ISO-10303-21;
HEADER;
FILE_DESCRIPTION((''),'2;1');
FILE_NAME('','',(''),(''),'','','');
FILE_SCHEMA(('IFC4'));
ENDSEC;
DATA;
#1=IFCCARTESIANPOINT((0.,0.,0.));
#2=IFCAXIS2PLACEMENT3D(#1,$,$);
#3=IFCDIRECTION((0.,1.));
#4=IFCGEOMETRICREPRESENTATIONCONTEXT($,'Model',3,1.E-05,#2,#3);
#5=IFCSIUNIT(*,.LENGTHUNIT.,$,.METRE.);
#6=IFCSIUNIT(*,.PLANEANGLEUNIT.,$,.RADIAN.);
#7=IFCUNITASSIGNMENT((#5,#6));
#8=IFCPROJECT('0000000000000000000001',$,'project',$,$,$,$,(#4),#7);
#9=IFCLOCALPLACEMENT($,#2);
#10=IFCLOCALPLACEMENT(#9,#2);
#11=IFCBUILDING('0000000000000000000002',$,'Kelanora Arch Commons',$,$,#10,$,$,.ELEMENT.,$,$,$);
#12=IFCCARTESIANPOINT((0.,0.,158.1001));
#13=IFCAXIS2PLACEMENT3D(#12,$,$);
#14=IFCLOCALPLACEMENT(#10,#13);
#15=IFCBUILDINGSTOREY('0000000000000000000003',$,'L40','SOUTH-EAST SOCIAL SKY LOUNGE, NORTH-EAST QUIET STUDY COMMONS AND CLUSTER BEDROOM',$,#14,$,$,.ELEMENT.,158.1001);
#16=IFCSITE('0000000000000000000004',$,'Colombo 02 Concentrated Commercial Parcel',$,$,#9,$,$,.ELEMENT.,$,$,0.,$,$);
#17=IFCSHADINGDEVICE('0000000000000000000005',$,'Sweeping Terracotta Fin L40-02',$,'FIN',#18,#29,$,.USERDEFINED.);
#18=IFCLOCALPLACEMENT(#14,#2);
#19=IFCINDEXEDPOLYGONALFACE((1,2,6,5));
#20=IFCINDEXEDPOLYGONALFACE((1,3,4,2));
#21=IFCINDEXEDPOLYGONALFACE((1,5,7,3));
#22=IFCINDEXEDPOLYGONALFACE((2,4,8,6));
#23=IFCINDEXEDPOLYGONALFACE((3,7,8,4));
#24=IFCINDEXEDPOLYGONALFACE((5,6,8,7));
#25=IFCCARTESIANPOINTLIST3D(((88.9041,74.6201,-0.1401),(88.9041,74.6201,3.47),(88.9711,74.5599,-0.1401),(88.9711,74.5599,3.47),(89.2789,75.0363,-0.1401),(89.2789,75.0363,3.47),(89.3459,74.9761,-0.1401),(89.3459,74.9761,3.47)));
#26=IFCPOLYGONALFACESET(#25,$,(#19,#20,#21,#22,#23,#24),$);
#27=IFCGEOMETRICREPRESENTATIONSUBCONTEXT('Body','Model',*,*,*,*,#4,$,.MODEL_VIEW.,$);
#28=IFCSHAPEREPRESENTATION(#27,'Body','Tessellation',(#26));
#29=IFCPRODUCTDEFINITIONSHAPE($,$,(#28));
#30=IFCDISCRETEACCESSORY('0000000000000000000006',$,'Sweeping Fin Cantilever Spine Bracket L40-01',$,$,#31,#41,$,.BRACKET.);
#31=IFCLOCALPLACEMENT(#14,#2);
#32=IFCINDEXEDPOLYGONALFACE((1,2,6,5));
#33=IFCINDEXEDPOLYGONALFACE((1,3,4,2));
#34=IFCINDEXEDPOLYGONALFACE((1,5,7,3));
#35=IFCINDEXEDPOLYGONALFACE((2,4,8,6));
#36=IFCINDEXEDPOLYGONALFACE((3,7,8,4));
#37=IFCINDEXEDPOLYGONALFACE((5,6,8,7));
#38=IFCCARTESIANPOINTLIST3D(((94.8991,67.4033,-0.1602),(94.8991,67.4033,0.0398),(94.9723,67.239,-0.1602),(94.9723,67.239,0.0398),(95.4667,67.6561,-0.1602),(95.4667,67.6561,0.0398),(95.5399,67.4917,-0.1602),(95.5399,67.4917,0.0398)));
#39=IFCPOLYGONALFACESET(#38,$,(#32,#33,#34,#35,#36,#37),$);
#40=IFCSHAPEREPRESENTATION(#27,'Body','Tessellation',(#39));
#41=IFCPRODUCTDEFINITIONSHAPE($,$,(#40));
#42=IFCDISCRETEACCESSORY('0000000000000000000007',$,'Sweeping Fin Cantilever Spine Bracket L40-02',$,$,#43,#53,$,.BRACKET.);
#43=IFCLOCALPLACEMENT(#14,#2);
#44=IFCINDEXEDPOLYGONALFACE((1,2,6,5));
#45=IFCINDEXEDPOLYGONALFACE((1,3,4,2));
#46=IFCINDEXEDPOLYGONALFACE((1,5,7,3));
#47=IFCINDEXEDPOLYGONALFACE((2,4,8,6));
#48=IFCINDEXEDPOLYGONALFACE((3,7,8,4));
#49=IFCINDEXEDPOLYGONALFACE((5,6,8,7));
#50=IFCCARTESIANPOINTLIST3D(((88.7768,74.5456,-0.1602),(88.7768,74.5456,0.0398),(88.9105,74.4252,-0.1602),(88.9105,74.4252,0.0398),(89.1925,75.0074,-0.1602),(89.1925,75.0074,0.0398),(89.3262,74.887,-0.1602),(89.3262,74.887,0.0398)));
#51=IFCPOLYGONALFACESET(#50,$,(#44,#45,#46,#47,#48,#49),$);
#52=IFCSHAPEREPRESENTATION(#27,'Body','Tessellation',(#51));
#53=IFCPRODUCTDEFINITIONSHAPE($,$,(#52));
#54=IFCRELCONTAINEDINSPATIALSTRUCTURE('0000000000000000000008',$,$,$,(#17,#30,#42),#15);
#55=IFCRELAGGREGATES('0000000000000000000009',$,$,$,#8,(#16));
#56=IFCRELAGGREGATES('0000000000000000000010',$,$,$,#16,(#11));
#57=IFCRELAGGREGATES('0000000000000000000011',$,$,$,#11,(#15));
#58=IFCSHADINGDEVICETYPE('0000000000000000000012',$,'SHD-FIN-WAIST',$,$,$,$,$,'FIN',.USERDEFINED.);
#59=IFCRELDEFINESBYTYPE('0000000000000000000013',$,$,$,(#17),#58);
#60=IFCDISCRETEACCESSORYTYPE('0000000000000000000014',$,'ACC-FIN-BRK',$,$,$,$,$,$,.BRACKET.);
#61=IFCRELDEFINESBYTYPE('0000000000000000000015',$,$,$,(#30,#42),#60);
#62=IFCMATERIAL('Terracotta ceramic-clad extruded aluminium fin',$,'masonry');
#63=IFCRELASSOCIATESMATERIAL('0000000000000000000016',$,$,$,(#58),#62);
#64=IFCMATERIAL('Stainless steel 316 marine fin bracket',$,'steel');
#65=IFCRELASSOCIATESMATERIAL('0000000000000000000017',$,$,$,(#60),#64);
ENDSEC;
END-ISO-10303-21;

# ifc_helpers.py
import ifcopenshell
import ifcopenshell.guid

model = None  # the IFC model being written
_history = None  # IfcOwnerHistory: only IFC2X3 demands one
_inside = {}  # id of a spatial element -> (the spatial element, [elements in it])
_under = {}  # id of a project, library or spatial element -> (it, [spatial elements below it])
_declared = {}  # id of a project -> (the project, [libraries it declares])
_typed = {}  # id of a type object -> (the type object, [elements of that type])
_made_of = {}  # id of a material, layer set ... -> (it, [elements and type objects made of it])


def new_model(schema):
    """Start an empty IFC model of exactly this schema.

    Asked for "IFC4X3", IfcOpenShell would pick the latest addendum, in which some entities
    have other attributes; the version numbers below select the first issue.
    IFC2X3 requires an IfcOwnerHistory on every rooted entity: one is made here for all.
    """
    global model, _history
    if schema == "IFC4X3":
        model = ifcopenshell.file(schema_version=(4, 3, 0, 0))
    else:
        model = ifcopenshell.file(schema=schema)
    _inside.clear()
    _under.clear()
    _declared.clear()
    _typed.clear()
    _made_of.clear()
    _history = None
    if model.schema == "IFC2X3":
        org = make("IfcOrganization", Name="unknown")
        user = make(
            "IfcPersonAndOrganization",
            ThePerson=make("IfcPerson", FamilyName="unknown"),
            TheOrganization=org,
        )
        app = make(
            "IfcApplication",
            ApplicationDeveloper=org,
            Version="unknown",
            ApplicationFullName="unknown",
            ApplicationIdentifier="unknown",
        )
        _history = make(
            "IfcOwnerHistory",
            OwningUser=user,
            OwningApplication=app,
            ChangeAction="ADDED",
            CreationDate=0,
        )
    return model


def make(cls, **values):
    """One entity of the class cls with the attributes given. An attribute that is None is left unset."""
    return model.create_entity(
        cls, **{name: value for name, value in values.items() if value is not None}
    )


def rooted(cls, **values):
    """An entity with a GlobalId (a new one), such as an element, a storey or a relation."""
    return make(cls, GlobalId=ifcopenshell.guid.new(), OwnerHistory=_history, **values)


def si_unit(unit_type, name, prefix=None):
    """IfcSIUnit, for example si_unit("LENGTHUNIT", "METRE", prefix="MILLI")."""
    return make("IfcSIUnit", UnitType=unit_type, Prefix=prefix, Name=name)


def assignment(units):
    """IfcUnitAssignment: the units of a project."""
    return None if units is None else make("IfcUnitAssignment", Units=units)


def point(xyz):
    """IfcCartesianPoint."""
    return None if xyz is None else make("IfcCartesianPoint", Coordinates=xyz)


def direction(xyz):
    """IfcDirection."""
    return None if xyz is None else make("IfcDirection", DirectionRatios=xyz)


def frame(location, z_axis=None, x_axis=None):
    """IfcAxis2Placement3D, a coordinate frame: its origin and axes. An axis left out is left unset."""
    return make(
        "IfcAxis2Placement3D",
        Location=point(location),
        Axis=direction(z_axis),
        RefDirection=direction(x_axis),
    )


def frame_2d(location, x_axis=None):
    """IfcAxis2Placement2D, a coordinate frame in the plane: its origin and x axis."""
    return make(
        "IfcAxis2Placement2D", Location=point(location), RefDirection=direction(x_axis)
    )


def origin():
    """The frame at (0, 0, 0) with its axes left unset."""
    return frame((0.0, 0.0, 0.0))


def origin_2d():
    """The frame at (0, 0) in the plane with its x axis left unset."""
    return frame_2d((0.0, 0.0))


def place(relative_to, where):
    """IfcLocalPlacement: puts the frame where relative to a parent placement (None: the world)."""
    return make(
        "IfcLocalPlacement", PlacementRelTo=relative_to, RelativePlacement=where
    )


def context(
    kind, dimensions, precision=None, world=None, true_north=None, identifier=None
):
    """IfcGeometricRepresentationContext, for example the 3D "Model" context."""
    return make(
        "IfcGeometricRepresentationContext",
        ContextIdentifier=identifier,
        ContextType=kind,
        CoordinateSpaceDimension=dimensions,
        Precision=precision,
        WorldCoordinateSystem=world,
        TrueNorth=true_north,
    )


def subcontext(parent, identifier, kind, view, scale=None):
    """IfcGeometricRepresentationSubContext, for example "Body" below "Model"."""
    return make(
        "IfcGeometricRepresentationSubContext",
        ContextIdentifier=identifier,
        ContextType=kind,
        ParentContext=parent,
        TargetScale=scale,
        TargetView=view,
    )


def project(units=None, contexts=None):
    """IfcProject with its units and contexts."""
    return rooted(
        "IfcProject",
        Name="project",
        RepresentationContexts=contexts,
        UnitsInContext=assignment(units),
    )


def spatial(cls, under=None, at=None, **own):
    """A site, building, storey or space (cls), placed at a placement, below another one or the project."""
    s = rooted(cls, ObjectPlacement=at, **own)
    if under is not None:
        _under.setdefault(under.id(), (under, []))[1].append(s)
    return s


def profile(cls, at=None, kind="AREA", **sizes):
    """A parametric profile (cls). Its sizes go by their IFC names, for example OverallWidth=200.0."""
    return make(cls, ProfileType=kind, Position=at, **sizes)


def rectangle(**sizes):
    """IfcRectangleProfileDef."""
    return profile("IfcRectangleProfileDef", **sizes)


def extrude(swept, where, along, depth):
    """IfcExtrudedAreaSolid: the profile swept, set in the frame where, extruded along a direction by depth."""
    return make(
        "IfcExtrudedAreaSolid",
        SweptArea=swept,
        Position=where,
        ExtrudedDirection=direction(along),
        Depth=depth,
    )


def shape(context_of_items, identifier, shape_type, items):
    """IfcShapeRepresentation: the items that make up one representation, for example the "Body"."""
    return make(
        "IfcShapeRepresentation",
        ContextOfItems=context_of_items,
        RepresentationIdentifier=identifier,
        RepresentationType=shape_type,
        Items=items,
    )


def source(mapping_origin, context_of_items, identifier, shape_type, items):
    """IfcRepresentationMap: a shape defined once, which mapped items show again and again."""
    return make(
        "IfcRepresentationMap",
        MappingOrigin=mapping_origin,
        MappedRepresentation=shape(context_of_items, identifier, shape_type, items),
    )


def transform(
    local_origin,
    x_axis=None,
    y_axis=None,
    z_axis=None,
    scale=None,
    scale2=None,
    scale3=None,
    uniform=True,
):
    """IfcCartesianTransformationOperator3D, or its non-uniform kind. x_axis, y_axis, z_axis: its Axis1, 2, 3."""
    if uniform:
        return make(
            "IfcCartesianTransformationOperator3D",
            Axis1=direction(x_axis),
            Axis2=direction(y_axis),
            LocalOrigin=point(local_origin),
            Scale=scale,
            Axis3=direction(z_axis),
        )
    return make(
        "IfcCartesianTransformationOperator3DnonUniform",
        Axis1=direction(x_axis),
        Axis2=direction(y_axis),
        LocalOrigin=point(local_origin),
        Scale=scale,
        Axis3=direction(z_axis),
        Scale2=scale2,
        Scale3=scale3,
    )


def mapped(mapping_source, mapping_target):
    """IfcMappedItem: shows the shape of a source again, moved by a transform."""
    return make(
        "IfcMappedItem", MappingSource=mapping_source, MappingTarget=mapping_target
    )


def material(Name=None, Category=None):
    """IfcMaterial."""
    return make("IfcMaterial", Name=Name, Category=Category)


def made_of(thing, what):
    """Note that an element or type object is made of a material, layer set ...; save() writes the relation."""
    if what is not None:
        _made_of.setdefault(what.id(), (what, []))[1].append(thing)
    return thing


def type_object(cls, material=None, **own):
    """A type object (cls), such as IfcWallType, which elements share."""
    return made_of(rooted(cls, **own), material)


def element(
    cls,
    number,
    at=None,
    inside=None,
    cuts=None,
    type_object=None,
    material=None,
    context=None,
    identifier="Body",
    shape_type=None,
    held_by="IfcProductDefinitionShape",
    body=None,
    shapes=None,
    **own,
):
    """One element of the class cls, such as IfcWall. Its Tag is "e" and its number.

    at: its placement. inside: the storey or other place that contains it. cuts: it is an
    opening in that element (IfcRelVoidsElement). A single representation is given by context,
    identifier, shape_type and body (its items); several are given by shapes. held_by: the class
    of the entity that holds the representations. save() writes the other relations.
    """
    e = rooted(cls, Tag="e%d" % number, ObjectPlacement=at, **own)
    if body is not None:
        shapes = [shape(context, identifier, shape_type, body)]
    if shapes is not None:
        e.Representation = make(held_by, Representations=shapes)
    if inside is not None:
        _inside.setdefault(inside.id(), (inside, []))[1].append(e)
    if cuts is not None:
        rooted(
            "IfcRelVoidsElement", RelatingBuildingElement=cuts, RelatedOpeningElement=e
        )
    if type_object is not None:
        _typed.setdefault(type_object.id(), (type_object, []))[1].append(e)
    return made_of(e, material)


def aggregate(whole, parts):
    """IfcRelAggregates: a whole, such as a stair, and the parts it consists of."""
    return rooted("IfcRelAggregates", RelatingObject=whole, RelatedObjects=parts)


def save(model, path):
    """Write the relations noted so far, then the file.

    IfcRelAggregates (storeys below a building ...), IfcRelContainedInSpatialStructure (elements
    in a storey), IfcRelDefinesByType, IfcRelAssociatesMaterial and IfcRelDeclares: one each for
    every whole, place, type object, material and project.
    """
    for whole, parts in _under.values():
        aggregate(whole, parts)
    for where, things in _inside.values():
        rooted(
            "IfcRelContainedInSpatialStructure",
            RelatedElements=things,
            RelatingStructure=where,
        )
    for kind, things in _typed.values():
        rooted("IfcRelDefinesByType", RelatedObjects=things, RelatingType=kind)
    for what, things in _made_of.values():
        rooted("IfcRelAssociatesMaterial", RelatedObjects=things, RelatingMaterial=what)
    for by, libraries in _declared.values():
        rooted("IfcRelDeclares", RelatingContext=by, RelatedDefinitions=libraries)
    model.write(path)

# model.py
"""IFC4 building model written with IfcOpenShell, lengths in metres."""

from ifc_helpers import new_model, si_unit, direction, frame, origin, origin_2d, place, context, subcontext, project, spatial, rectangle, extrude, source, transform, mapped, material, type_object, element, save


model = new_model("IFC4")

# Units and contexts
model_context = context("Model", 3, precision=1e-05, world=origin(), true_north=direction((0.0, 1.0)))
body_context = subcontext(model_context, "Body", "Model", "MODEL_VIEW")
ifc_project = project(units=[si_unit("LENGTHUNIT", "METRE"), si_unit("PLANEANGLEUNIT", "RADIAN")], contexts=[model_context])

# Site, building, storey
site_placement = place(None, origin())
site = spatial("IfcSite", under=ifc_project, at=site_placement, Name="Colombo 02 Concentrated Commercial Parcel", CompositionType="ELEMENT", RefElevation=0.0)
building_placement = place(site_placement, origin())
building = spatial("IfcBuilding", under=site, at=building_placement, Name="Kelanora Arch Commons", CompositionType="ELEMENT")
storey_placement = place(building_placement, frame((0.0, 0.0, 158.1001)))
storey = spatial("IfcBuildingStorey", under=building, at=storey_placement, Name="L40", Description="SOUTH-EAST SOCIAL SKY LOUNGE, NORTH-EAST QUIET STUDY COMMONS AND CLUSTER BEDROOM", CompositionType="ELEMENT", Elevation=158.1001)

# Shading device
ifc_material_1 = material(Name="Terracotta ceramic-clad extruded aluminium fin", Category="masonry")
shading_device_type = type_object("IfcShadingDeviceType", Name="SHD-FIN-WAIST", ElementType="FIN", PredefinedType="USERDEFINED", material=ifc_material_1)
shared_shape_1 = source(origin(), body_context, "Body", "SweptSolid", [
    extrude(rectangle(XDim=0.5601, YDim=0.0901, at=origin_2d()), origin(), (0.0, 0.0, 1.0), 3.6101),
])
for number, where, z_axis, x_axis, name in (
    (1, (89.125, 74.7981, -0.1401), (0.0, 0.0, 1.0), (0.669131, 0.743145, 0.0), "Sweeping Terracotta Fin L40-02"),
):
    element("IfcShadingDevice", number, at=place(storey_placement, frame(where, z_axis=z_axis, x_axis=x_axis)), inside=storey, type_object=shading_device_type, Name=name, ObjectType="FIN", PredefinedType="USERDEFINED", context=body_context, shape_type="MappedRepresentation", body=[
        mapped(shared_shape_1, transform((0.0, 0.0, 0.0), scale=1.0)),
    ])

# Discrete accessories
ifc_material_2 = material(Name="Stainless steel 316 marine fin bracket", Category="steel")
discrete_accessory_type = type_object("IfcDiscreteAccessoryType", Name="ACC-FIN-BRK", PredefinedType="BRACKET", material=ifc_material_2)
shared_shape_2 = source(origin(), body_context, "Body", "SweptSolid", [
    extrude(rectangle(XDim=0.6213, YDim=0.1799, at=origin_2d()), origin(), (0.0, 0.0, 1.0), 0.2),
])
for number, where, z_axis, x_axis, name in (
    (2, (95.2195, 67.4475, -0.1602), (0.0, 0.0, 1.0), (0.913545, 0.406737, 0.0), "Sweeping Fin Cantilever Spine Bracket L40-01"),
    (3, (89.0515, 74.7163, -0.1602), (0.0, 0.0, 1.0), (0.669131, 0.743145, 0.0), "Sweeping Fin Cantilever Spine Bracket L40-02"),
):
    element("IfcDiscreteAccessory", number, at=place(storey_placement, frame(where, z_axis=z_axis, x_axis=x_axis)), inside=storey, type_object=discrete_accessory_type, Name=name, PredefinedType="BRACKET", context=body_context, shape_type="MappedRepresentation", body=[
        mapped(shared_shape_2, transform((0.0, 0.0, 0.0), scale=1.0)),
    ])

save(model, "model.ifc")
